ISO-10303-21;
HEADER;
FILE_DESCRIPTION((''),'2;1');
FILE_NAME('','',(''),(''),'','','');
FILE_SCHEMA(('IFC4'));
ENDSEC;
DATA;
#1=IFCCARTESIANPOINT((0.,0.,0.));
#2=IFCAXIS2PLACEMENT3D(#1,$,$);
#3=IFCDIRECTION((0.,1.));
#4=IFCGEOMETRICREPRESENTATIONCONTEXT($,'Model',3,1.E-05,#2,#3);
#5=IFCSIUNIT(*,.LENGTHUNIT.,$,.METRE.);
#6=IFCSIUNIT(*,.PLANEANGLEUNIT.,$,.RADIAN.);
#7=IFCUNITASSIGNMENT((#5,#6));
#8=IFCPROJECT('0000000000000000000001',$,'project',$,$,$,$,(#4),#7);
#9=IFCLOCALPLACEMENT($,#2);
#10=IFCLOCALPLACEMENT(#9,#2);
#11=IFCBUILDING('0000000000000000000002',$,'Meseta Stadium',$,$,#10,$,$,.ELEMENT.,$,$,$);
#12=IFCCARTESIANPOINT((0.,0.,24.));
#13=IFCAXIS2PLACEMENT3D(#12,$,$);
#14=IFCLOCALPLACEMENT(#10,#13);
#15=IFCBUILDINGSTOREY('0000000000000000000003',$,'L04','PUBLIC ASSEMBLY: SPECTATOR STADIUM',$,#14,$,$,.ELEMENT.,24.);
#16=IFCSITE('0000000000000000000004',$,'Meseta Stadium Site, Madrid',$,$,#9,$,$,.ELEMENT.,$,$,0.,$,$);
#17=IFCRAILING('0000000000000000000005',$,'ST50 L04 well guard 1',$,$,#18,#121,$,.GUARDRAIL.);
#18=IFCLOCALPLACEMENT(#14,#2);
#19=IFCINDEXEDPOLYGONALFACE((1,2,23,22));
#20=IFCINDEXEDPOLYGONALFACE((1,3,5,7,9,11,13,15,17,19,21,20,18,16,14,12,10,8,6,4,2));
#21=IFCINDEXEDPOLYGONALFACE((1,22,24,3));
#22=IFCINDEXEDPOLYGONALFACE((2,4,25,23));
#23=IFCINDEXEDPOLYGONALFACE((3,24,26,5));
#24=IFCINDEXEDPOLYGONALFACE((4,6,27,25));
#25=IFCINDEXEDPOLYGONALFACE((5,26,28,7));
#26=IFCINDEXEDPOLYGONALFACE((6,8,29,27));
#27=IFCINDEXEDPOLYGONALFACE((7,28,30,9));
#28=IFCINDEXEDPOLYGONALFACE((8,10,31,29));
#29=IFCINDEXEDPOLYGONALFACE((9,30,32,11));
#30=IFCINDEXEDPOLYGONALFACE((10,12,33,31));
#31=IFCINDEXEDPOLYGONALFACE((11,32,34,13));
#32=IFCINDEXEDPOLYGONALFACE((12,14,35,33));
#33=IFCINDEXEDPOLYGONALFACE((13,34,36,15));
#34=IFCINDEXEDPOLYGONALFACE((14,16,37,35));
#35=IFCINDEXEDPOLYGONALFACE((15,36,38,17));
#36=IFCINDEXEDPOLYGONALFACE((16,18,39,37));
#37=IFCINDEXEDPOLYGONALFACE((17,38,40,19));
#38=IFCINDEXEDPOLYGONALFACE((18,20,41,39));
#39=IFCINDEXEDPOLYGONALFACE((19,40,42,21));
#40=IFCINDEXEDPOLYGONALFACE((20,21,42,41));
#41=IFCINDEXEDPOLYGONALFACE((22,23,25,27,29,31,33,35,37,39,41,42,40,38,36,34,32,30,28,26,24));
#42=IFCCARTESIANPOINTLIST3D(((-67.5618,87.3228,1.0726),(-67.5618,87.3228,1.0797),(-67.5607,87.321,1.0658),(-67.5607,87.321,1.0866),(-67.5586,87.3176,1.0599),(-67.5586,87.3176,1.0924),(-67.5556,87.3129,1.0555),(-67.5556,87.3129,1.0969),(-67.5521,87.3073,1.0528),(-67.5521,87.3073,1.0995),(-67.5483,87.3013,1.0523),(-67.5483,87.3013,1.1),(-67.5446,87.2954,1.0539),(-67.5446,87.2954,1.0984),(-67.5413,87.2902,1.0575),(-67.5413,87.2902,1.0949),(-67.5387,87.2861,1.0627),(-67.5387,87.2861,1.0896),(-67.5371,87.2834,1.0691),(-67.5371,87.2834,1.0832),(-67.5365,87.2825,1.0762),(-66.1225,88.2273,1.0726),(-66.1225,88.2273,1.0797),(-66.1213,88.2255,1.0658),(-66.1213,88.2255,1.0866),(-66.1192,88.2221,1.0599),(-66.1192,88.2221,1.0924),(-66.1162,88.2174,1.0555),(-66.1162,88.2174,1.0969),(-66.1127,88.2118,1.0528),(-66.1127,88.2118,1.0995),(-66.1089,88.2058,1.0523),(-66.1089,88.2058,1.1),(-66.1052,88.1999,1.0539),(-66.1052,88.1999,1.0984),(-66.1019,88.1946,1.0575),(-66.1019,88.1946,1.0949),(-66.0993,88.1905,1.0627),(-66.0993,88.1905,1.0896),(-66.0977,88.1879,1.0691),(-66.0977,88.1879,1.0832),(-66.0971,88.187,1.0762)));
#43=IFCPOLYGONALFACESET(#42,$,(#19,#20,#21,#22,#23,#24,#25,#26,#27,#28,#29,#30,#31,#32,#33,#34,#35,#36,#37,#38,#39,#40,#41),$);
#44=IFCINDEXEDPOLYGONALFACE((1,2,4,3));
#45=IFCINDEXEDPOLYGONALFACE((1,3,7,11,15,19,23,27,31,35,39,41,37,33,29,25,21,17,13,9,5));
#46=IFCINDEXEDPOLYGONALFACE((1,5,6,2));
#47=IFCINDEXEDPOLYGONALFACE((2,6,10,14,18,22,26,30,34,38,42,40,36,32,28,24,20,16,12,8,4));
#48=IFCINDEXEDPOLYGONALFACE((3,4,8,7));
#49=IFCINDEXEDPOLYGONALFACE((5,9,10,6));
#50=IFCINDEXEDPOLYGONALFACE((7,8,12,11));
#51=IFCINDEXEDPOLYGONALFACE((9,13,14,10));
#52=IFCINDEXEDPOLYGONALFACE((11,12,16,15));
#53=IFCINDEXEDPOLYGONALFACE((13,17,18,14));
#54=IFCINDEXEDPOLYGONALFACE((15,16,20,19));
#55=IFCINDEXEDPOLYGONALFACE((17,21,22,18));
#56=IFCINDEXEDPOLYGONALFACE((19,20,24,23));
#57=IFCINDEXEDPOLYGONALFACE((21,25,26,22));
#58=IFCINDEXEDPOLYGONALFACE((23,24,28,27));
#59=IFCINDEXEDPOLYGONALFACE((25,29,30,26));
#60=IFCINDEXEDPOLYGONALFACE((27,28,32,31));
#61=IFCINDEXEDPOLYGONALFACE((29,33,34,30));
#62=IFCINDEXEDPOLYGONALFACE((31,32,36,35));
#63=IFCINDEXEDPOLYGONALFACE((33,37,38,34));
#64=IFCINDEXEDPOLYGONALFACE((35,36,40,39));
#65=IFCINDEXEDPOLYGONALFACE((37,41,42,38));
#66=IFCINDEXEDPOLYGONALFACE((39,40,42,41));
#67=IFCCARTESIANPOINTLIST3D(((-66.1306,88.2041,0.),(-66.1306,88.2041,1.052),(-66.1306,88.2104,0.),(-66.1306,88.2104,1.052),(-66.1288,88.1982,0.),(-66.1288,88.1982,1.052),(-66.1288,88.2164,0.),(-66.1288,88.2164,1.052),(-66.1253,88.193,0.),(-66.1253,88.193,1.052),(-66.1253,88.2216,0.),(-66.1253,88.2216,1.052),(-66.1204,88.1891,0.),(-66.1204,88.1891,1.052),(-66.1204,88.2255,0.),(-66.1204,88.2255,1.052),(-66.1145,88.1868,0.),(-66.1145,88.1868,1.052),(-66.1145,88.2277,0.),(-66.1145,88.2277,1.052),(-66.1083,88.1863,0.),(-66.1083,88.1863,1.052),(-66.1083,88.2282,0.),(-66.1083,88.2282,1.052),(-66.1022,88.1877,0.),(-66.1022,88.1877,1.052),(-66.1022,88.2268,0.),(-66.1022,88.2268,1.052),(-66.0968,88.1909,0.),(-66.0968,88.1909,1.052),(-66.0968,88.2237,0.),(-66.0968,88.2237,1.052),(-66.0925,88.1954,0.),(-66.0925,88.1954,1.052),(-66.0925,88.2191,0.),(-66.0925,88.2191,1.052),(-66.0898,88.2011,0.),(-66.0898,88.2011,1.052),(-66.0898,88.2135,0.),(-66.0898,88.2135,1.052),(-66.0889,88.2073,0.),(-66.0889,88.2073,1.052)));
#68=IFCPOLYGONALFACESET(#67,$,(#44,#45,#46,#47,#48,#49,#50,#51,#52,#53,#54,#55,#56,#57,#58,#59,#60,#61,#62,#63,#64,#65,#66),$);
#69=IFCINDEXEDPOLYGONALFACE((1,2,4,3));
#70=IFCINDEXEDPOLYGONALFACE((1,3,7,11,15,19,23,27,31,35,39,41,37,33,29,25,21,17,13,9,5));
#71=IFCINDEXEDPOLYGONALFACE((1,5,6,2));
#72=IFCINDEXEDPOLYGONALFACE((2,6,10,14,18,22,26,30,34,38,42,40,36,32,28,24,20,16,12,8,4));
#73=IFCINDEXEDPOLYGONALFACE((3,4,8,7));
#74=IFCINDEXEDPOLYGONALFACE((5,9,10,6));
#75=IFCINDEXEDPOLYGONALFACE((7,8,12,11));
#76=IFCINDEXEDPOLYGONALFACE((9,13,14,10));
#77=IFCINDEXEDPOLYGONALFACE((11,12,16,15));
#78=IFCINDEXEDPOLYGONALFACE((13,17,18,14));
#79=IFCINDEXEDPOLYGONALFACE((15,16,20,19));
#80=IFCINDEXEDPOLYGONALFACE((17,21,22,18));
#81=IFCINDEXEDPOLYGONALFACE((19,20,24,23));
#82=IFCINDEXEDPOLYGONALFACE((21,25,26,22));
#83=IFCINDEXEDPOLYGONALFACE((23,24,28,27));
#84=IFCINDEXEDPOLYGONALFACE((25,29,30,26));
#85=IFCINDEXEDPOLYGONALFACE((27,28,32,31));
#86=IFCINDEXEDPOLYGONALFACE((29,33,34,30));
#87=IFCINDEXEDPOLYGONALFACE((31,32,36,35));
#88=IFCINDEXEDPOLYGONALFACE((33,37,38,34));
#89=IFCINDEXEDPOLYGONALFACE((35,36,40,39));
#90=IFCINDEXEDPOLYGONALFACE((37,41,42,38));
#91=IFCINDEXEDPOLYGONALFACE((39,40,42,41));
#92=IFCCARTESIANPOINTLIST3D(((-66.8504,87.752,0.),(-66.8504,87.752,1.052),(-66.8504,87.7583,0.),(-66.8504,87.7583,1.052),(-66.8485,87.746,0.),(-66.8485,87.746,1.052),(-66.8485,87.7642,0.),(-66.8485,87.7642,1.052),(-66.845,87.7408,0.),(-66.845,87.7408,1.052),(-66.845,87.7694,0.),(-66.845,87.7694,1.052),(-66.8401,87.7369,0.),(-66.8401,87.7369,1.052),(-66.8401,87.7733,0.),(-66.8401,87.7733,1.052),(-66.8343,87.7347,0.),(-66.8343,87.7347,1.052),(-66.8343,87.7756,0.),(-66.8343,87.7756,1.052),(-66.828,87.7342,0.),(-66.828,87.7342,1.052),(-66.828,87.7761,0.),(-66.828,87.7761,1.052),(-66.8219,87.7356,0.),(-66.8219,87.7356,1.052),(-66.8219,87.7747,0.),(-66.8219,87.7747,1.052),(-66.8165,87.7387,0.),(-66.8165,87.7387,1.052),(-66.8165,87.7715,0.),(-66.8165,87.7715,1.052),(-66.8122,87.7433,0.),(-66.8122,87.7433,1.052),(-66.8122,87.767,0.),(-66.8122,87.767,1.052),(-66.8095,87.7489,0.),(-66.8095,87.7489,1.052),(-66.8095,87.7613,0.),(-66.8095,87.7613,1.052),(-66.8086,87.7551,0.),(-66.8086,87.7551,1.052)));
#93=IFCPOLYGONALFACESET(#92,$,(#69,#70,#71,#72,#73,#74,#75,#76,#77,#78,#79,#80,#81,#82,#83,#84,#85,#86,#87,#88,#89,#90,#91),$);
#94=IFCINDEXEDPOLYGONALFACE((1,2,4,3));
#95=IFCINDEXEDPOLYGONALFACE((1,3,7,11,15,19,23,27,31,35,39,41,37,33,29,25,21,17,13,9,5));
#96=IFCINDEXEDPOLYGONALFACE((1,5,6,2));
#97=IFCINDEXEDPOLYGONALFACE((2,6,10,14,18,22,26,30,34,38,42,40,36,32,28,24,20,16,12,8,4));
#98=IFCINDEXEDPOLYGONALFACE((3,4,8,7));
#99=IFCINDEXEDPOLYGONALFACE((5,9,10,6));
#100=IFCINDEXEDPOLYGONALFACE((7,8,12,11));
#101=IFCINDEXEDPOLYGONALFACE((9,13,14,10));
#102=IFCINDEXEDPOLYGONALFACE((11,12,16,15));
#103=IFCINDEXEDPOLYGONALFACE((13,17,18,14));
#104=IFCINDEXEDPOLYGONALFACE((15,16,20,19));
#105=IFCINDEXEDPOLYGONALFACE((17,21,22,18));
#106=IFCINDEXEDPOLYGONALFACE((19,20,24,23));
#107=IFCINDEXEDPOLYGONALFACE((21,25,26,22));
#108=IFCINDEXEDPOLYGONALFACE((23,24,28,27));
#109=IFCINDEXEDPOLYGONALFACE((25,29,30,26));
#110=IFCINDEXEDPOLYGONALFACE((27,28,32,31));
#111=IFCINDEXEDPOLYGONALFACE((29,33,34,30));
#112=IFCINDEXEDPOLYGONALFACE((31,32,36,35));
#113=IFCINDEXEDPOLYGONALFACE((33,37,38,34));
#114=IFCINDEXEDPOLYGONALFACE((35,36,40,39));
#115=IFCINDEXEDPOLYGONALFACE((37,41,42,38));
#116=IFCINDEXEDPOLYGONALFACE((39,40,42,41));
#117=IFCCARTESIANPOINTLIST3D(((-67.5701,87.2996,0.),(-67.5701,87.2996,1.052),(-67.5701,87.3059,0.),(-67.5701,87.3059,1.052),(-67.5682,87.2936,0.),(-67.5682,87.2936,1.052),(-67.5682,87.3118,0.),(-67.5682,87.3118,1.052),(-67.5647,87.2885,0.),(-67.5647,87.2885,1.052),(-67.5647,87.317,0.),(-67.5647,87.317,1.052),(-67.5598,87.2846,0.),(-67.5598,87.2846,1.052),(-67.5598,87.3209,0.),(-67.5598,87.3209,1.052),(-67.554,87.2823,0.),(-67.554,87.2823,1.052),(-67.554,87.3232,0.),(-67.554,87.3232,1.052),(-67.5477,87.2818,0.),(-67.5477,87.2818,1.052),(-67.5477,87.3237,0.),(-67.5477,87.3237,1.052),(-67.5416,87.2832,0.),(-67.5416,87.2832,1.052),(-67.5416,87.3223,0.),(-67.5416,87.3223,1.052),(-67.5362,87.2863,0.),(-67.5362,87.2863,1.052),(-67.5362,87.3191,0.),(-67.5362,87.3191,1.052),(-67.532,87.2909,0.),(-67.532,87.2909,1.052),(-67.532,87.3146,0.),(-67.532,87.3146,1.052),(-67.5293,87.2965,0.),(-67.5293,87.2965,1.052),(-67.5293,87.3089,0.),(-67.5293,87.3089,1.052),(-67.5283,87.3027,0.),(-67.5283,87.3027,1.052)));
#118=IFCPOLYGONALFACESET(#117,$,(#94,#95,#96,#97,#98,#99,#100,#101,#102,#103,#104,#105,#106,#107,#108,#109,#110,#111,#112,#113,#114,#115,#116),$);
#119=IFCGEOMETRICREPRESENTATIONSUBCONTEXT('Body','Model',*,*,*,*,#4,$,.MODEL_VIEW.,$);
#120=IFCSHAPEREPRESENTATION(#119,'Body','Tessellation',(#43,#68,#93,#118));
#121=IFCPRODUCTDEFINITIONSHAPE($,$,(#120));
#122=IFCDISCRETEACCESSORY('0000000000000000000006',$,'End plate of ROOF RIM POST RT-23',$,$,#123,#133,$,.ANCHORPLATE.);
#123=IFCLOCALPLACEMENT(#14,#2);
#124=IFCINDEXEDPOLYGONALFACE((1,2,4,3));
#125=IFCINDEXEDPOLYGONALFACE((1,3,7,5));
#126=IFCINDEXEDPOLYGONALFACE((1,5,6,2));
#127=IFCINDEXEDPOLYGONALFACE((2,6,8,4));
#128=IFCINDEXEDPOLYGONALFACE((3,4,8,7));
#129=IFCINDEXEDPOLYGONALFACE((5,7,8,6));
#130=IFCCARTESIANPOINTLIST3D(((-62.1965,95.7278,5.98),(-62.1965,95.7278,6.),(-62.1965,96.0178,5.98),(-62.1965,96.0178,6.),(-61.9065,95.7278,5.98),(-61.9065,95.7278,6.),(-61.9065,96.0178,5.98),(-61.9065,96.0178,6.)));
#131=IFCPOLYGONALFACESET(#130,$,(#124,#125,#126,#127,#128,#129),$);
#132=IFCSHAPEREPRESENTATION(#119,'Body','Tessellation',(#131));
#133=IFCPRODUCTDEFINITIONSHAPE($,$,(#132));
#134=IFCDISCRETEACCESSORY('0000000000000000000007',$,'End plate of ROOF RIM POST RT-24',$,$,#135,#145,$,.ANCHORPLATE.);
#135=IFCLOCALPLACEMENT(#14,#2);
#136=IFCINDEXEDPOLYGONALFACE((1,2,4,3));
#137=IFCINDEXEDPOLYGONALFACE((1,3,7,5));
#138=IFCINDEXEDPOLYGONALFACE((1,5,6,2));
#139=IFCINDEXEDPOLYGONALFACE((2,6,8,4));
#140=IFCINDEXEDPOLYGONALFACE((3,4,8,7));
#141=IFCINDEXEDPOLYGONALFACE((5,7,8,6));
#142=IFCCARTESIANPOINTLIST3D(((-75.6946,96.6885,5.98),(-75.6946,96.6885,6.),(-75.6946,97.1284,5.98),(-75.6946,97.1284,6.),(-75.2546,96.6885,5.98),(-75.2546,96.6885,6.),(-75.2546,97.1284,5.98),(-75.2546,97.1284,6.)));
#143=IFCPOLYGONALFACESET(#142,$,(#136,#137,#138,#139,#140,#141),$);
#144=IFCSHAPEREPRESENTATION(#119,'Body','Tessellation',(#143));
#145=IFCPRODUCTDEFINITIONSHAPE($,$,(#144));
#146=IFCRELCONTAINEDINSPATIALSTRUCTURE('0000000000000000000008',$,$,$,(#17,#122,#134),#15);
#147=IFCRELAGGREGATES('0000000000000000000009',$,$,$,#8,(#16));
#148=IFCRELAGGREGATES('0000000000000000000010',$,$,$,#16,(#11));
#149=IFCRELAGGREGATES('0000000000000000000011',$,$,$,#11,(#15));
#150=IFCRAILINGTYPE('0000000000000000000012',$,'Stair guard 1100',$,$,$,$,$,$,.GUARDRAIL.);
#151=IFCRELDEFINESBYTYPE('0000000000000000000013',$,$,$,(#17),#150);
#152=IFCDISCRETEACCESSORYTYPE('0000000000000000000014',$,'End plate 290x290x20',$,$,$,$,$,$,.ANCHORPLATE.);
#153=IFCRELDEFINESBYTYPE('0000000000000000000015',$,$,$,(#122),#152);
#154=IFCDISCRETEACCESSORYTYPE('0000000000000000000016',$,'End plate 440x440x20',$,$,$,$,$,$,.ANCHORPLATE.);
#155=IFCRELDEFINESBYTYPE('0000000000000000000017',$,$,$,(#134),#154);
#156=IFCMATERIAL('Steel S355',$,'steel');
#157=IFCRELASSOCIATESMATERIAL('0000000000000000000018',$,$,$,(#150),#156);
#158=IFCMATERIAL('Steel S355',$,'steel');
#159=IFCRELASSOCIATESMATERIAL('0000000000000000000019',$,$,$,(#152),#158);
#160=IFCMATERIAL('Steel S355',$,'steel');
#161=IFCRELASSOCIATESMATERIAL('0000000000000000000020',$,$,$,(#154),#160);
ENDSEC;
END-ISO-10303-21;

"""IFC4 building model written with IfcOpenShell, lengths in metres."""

from ifc_helpers import new_model, si_unit, direction, frame, origin, origin_2d, place, context, subcontext, project, spatial, rectangle, circle, extrude, material, material_profile, profile_set, type_object, element, save


model = new_model("IFC4")

# Units and contexts
model_context = context("Model", 3, precision=1e-05, world=origin(), true_north=direction((0.0, 1.0)))
body_context = subcontext(model_context, "Body", "Model", "MODEL_VIEW")
ifc_project = project(units=[si_unit("LENGTHUNIT", "METRE"), si_unit("PLANEANGLEUNIT", "RADIAN")], contexts=[model_context])

# Site, building, storey
site_placement = place(None, origin())
site = spatial("IfcSite", under=ifc_project, at=site_placement, Name="Meseta Stadium Site, Madrid", CompositionType="ELEMENT", RefElevation=0.0)
building_placement = place(site_placement, origin())
building = spatial("IfcBuilding", under=site, at=building_placement, Name="Meseta Stadium", CompositionType="ELEMENT")
storey_placement = place(building_placement, frame((0.0, 0.0, 24.0)))
storey = spatial("IfcBuildingStorey", under=building, at=storey_placement, Name="L04", Description="PUBLIC ASSEMBLY: SPECTATOR STADIUM", CompositionType="ELEMENT", Elevation=24.0)

# Railing
ifc_material_1 = material(Name="Steel S355", Category="steel")
railing_type = type_object("IfcRailingType", Name="Stair guard 1100", PredefinedType="GUARDRAIL", material=ifc_material_1)
for number, where, name in (
    (1, (-66.1099, 88.2073, 0.0), "ST50 L04 well guard 1"),
):
    element("IfcRailing", number, at=place(storey_placement, frame(where)), inside=storey, type_object=railing_type, Name=name, PredefinedType="GUARDRAIL", context=body_context, shape_type="SweptSolid", body=[
        extrude(circle(Radius=0.0239, at=origin_2d()), frame((0.0, 0.0, 1.0762), z_axis=(-0.846705, -0.532063, 0.0), x_axis=(0.532063, -0.846705, 0.0)), (0.0, 0.0, 1.0), 1.7),
        extrude(circle(Radius=0.021, at=origin_2d()), origin(), (0.0, 0.0, 1.0), 1.052),
        extrude(circle(Radius=0.021, at=origin_2d()), frame((-0.7197, -0.4521, 0.0)), (0.0, 0.0, 1.0), 1.052),
        extrude(circle(Radius=0.021, at=origin_2d()), frame((-1.4395, -0.9045, 0.0)), (0.0, 0.0, 1.0), 1.052),
    ])

# Discrete accessories
ifc_material_2 = material(Name="Steel S355", Category="steel")
ifc_material_profile_1 = material_profile(ifc_material_2, rectangle(XDim=0.29, YDim=0.29, at=origin_2d()), Name="PL 290x290")
ifc_profile_set_1 = profile_set([ifc_material_profile_1], Name="Steel S355")
discrete_accessory_type_1 = type_object("IfcDiscreteAccessoryType", Name="End plate 290x290x20", PredefinedType="ANCHORPLATE", material=ifc_profile_set_1)
discrete_accessory_1_placement = place(storey_placement, frame((-62.0515, 95.8728, 5.98), z_axis=(0.0, 0.0, 1.0), x_axis=(1.0, 0.0, 0.0)))
element("IfcDiscreteAccessory", 2, at=discrete_accessory_1_placement, inside=storey, type_object=discrete_accessory_type_1, Name="End plate of ROOF RIM POST RT-23", PredefinedType="ANCHORPLATE", context=body_context, shape_type="SweptSolid", body=[
    extrude(rectangle(XDim=0.29, YDim=0.29, at=origin_2d()), origin(), (0.0, 0.0, 1.0), 0.02),
])
ifc_material_3 = material(Name="Steel S355", Category="steel")
ifc_material_profile_2 = material_profile(ifc_material_3, rectangle(XDim=0.4399, YDim=0.4399, at=origin_2d()), Name="PL 440x440")
ifc_profile_set_2 = profile_set([ifc_material_profile_2], Name="Steel S355")
discrete_accessory_type_2 = type_object("IfcDiscreteAccessoryType", Name="End plate 440x440x20", PredefinedType="ANCHORPLATE", material=ifc_profile_set_2)
discrete_accessory_2_placement = place(storey_placement, frame((-75.4746, 96.9084, 5.98), z_axis=(0.0, 0.0, 1.0), x_axis=(1.0, 0.0, 0.0)))
element("IfcDiscreteAccessory", 3, at=discrete_accessory_2_placement, inside=storey, type_object=discrete_accessory_type_2, Name="End plate of ROOF RIM POST RT-24", PredefinedType="ANCHORPLATE", context=body_context, shape_type="SweptSolid", body=[
    extrude(rectangle(XDim=0.4399, YDim=0.4399, at=origin_2d()), origin(), (0.0, 0.0, 1.0), 0.02),
])

save(model, "model.ifc")
